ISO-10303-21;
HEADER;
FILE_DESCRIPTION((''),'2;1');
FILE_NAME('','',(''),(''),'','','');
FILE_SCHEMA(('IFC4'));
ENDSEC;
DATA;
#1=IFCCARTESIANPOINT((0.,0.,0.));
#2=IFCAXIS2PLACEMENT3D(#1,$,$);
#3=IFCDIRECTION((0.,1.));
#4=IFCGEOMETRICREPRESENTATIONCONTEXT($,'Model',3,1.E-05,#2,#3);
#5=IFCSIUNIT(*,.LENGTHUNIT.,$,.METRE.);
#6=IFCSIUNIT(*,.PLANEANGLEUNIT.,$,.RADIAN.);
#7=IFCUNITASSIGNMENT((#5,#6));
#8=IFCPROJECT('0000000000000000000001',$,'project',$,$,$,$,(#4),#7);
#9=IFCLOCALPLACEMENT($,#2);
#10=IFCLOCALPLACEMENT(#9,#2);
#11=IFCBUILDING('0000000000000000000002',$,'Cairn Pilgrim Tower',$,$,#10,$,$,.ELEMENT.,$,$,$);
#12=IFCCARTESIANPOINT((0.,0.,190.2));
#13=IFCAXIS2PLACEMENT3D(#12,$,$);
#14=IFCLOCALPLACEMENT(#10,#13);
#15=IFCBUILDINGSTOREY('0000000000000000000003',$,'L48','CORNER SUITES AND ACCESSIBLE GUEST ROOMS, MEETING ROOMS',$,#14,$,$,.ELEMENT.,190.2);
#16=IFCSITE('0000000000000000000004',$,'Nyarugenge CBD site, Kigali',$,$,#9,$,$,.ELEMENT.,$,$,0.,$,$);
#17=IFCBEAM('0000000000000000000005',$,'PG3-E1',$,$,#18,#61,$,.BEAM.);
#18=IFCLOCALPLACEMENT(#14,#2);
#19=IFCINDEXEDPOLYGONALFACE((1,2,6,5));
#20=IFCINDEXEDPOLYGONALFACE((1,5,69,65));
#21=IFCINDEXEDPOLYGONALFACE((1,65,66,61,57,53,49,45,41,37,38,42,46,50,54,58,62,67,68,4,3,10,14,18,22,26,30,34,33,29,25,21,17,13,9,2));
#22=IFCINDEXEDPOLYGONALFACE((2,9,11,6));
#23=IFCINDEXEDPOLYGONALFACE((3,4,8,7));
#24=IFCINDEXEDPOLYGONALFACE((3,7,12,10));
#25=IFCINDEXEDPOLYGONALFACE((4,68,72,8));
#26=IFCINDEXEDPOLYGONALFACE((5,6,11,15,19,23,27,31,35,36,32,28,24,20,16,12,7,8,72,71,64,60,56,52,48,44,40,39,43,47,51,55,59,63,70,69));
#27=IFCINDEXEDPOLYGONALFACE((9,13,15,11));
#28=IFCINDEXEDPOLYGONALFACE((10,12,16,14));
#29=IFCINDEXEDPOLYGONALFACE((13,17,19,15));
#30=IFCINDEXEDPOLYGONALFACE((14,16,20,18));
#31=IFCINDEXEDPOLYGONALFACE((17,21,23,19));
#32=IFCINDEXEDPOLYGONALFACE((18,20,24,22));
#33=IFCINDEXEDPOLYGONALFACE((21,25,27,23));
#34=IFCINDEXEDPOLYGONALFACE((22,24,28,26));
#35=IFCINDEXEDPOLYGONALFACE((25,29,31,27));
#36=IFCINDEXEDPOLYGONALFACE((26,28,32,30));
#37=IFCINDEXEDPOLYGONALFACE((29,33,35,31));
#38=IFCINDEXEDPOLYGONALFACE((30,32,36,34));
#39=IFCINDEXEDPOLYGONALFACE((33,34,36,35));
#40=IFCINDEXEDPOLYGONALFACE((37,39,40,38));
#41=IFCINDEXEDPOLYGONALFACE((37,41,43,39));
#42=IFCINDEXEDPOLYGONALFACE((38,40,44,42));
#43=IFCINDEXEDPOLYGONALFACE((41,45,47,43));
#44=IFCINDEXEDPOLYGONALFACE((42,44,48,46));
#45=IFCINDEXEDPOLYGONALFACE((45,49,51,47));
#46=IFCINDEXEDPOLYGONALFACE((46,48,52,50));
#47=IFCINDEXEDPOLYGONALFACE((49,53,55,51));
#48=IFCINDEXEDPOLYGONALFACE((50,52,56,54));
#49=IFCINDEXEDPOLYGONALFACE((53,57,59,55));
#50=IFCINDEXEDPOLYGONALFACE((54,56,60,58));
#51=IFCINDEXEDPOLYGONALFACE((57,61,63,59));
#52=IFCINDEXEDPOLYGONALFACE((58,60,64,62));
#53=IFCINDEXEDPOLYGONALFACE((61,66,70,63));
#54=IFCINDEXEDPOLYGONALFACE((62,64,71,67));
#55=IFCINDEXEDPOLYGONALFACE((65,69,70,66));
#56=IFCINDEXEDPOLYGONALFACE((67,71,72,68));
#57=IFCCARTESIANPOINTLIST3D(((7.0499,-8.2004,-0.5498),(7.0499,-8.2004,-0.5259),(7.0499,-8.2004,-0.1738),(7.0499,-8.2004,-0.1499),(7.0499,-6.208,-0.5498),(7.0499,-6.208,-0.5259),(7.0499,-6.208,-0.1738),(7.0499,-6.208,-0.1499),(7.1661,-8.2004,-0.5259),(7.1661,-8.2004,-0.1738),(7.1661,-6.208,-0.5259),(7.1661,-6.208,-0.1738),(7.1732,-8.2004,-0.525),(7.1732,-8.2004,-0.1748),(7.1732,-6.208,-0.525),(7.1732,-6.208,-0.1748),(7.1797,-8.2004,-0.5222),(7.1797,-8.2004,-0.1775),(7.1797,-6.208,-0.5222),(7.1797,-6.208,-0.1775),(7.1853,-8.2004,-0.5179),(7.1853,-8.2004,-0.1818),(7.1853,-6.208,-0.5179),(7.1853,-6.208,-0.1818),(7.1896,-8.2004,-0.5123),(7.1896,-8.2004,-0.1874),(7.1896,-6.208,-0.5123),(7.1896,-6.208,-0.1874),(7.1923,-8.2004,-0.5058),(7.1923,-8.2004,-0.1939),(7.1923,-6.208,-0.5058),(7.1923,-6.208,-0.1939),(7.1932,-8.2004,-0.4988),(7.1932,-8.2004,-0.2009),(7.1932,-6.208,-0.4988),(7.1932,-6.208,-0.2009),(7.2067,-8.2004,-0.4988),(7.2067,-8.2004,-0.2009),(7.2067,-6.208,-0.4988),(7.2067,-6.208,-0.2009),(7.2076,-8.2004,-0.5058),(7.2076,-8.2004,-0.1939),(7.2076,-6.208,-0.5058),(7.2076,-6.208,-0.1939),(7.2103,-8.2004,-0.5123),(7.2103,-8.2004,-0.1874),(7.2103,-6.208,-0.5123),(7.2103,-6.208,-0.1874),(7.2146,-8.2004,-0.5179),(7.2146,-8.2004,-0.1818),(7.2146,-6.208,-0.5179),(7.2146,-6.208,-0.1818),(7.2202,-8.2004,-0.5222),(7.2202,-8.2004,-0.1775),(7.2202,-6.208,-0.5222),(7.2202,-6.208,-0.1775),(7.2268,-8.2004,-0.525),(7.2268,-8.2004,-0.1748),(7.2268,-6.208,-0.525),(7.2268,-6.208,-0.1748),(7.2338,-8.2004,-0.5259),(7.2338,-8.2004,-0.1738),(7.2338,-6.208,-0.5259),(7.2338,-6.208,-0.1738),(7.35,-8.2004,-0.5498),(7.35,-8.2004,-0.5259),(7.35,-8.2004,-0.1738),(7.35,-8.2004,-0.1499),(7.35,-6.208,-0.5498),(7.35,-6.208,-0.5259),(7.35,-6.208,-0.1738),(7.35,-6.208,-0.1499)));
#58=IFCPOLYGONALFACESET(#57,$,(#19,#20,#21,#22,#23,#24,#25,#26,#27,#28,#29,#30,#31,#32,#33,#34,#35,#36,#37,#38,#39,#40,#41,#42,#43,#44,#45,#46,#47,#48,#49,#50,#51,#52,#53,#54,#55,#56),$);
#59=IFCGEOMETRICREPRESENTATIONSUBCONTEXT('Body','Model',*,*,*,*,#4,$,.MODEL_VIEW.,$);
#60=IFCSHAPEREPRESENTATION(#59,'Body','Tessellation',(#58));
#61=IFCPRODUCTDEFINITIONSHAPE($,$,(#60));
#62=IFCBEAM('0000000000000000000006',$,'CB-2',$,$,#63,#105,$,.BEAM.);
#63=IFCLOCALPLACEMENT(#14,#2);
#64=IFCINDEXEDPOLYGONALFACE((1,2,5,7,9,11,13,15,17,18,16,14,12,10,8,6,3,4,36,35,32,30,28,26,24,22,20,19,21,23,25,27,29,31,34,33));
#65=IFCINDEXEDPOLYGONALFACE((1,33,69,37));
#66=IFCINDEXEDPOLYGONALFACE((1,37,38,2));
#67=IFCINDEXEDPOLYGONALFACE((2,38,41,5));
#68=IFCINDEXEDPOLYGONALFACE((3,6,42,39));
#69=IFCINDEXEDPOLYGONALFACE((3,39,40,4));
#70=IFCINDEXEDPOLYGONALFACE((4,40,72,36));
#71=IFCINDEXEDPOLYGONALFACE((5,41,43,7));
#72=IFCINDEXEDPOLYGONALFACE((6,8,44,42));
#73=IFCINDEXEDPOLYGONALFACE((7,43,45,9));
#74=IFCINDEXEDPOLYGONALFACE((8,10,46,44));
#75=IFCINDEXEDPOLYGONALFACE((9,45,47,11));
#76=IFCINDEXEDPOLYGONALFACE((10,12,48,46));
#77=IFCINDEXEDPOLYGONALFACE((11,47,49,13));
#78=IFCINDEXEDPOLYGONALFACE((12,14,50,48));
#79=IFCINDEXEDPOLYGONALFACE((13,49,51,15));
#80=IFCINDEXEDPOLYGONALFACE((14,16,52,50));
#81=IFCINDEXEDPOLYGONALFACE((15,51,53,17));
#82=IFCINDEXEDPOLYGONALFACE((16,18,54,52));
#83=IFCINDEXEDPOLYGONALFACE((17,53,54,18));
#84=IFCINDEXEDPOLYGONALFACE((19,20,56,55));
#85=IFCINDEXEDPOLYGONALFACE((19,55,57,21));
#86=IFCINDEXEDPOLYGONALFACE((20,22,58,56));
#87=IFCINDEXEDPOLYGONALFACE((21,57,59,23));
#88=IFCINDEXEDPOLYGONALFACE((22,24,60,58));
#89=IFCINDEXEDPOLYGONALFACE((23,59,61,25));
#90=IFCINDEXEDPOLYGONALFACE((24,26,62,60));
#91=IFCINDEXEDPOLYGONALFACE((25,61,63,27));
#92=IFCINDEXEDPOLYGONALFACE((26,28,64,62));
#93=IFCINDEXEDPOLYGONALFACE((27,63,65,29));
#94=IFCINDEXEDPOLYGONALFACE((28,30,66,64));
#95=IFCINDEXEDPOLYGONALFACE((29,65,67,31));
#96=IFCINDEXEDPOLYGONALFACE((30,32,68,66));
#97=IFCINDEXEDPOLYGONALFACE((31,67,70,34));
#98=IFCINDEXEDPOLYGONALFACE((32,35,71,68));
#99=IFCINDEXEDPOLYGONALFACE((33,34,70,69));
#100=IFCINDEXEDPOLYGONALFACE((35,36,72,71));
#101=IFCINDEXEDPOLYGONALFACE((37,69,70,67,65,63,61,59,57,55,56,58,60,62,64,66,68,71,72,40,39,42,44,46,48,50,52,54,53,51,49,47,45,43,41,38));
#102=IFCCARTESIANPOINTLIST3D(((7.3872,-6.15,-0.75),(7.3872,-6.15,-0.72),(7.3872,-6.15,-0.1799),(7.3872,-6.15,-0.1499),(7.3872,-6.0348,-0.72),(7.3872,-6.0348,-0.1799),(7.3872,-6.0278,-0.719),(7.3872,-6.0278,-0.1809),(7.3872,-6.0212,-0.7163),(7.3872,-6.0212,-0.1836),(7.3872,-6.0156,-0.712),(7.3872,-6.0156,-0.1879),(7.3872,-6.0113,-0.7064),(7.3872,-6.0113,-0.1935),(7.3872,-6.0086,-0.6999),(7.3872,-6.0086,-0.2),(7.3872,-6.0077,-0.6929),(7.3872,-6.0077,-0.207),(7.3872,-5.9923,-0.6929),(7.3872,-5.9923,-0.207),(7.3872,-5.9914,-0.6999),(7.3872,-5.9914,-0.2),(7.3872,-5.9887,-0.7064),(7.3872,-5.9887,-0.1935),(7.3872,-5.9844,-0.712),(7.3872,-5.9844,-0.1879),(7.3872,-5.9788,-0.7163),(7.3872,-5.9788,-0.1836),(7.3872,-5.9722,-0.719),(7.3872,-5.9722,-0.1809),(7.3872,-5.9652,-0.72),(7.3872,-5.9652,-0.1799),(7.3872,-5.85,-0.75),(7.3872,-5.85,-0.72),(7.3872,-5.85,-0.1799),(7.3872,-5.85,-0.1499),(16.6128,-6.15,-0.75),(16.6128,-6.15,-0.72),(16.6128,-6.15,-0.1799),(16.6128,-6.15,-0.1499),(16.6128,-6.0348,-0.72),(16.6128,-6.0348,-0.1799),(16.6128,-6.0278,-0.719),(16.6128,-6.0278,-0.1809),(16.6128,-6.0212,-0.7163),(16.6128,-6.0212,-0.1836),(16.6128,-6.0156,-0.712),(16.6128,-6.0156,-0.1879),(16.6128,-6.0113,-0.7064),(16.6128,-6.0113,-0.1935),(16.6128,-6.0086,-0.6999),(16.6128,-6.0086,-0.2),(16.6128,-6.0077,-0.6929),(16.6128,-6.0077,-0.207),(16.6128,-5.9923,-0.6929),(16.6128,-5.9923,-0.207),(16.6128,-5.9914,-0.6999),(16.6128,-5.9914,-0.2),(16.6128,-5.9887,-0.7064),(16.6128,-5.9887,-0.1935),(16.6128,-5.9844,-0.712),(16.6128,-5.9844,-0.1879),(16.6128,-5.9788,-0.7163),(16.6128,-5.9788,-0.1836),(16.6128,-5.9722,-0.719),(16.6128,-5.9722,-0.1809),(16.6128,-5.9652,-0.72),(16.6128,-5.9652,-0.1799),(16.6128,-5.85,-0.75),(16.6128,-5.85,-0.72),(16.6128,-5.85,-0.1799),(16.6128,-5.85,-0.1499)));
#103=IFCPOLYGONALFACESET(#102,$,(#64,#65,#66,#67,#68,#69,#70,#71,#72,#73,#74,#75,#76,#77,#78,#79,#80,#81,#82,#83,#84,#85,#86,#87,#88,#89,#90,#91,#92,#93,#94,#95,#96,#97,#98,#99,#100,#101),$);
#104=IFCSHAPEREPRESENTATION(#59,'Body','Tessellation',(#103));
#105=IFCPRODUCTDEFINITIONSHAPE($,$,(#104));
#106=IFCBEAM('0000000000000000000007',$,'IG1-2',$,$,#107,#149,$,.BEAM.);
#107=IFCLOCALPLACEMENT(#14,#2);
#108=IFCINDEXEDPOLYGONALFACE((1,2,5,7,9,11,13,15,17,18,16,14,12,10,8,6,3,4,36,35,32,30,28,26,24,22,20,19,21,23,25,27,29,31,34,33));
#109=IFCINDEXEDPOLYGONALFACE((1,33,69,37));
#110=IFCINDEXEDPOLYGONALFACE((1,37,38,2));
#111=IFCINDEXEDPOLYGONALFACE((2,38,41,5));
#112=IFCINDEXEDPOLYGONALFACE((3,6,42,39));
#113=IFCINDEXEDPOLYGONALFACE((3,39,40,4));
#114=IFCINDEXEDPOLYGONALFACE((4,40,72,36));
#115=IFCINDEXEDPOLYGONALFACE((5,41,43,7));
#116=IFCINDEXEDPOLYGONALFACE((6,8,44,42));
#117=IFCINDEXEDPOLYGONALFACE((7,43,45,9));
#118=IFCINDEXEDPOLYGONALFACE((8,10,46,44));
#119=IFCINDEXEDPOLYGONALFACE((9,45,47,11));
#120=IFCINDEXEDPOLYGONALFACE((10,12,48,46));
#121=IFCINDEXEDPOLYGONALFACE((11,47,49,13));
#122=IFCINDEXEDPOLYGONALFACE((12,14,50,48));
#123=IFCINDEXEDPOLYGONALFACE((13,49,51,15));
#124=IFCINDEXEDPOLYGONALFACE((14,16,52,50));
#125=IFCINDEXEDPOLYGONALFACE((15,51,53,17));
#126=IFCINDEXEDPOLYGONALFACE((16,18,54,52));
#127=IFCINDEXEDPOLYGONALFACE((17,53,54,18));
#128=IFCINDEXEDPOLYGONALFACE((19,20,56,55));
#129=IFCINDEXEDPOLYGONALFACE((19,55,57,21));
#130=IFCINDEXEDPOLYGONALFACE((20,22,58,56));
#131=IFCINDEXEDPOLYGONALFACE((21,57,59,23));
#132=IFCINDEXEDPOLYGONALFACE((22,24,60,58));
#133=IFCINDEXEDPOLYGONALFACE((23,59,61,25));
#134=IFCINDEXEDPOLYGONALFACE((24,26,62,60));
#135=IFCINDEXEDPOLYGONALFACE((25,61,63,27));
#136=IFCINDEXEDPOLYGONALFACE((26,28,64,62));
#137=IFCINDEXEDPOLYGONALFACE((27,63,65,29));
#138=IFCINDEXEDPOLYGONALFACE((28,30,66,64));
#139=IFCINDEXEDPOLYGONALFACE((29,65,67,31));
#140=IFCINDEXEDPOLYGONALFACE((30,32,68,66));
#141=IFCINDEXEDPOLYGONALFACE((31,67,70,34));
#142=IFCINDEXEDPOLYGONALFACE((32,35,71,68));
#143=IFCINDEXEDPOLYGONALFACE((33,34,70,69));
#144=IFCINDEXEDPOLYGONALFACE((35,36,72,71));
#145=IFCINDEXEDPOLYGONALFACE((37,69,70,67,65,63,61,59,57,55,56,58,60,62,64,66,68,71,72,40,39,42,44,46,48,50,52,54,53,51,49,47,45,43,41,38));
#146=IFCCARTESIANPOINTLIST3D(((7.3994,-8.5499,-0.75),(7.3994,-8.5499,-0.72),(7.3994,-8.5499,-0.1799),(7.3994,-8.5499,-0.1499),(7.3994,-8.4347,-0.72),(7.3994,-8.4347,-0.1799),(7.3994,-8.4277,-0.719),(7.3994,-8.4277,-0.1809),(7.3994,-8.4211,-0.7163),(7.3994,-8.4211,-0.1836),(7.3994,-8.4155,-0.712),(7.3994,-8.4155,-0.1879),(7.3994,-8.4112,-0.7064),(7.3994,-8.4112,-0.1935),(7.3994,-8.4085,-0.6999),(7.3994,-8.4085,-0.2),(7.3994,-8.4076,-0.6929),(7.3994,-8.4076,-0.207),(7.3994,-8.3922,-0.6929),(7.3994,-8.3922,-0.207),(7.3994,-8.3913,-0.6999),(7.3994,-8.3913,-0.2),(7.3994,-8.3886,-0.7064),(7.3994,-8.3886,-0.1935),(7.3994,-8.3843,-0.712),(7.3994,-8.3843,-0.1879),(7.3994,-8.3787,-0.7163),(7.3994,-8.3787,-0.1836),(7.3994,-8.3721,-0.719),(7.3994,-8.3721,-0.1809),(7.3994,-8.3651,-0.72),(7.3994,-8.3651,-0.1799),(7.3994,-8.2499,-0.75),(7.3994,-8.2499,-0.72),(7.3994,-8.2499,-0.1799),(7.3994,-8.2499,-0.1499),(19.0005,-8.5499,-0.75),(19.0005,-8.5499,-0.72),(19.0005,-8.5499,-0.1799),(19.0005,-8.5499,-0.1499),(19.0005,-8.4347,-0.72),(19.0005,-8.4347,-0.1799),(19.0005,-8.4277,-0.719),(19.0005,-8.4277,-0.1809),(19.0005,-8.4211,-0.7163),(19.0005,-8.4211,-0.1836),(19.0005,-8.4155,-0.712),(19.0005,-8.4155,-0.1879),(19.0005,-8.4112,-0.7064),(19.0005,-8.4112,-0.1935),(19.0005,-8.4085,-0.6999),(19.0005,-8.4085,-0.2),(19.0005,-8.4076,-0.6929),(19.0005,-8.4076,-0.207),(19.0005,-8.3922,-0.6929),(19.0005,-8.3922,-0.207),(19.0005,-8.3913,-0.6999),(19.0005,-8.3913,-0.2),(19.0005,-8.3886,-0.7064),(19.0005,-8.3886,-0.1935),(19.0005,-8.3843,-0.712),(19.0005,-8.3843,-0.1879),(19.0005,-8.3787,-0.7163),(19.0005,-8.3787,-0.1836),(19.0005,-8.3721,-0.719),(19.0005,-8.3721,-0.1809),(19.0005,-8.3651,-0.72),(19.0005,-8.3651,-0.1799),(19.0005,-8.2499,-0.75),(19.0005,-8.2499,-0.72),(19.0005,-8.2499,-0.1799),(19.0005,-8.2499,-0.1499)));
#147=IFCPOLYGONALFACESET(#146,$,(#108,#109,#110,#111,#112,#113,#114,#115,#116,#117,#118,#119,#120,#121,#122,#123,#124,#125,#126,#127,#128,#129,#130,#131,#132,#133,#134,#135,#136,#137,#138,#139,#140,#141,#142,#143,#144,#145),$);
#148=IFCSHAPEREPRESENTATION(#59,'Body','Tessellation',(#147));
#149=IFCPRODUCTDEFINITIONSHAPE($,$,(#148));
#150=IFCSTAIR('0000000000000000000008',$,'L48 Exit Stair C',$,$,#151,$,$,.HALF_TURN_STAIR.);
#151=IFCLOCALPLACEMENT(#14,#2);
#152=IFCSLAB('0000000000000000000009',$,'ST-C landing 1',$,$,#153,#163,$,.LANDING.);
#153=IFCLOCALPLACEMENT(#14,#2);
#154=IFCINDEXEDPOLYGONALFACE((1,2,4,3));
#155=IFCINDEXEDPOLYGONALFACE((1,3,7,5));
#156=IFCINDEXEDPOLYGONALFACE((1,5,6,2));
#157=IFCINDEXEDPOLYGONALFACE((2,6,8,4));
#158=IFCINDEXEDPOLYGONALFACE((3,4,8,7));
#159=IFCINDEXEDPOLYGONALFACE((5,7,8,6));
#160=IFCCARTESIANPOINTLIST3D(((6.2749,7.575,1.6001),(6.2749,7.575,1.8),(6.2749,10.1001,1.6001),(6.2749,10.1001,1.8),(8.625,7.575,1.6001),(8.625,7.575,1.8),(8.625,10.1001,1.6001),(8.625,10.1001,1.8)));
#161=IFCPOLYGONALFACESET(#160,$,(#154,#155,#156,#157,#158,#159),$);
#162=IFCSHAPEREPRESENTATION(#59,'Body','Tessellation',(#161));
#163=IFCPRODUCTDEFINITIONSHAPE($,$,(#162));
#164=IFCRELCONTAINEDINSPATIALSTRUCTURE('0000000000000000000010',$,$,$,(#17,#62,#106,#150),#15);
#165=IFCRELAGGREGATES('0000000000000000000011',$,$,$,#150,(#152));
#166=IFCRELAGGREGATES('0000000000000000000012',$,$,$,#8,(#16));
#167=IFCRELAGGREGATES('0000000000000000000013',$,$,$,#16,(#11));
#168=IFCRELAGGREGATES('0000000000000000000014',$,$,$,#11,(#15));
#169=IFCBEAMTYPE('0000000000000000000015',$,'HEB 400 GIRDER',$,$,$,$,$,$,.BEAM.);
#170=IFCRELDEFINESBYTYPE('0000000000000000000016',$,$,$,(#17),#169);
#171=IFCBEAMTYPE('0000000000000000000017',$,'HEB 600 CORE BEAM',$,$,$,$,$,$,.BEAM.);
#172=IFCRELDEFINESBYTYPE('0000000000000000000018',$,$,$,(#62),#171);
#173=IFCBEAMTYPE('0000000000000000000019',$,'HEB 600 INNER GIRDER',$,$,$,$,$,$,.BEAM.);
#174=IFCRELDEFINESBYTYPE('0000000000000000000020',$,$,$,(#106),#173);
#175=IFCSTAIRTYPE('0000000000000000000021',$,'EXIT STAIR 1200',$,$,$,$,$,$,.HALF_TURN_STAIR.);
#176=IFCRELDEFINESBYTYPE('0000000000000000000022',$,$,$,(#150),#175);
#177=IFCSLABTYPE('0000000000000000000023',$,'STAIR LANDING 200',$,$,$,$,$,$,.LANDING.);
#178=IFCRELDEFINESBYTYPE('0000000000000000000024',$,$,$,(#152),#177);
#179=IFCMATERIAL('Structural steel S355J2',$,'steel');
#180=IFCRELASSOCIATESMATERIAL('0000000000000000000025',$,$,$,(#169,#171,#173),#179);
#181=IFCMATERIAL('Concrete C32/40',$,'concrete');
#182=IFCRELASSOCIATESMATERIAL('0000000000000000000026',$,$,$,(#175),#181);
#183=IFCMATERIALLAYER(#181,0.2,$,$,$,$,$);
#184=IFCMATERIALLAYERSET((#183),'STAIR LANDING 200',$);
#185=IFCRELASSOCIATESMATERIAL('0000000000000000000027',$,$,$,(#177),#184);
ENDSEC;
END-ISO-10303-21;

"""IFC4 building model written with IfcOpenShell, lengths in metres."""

from ifc_helpers import new_model, si_unit, direction, frame, origin, origin_2d, place, context, subcontext, project, spatial, polyline, i_section, outline, extrude, material, layer, layer_set, material_profile, profile_set, type_object, element, aggregate, save


model = new_model("IFC4")

# Units and contexts
model_context = context("Model", 3, precision=1e-05, world=origin(), true_north=direction((0.0, 1.0)))
body_context = subcontext(model_context, "Body", "Model", "MODEL_VIEW")
ifc_project = project(units=[si_unit("LENGTHUNIT", "METRE"), si_unit("PLANEANGLEUNIT", "RADIAN")], contexts=[model_context])

# Site, building, storey
site_placement = place(None, origin())
site = spatial("IfcSite", under=ifc_project, at=site_placement, Name="Nyarugenge CBD site, Kigali", CompositionType="ELEMENT", RefElevation=0.0)
building_placement = place(site_placement, origin())
building = spatial("IfcBuilding", under=site, at=building_placement, Name="Cairn Pilgrim Tower", CompositionType="ELEMENT")
storey_placement = place(building_placement, frame((0.0, 0.0, 190.2)))
storey = spatial("IfcBuildingStorey", under=building, at=storey_placement, Name="L48", Description="CORNER SUITES AND ACCESSIBLE GUEST ROOMS, MEETING ROOMS", CompositionType="ELEMENT", Elevation=190.2)

# Shared definitions
ifc_material_1 = material(Name="Structural steel S355J2", Category="steel")

# Beams
ifc_material_profile_1 = material_profile(ifc_material_1, i_section(OverallWidth=0.3, OverallDepth=0.3999, WebThickness=0.0134, FlangeThickness=0.0239, FilletRadius=0.0271, at=origin_2d()), Name="HEB 400")
ifc_profile_set_1 = profile_set([ifc_material_profile_1], Name="Structural steel S355J2")
beam_type_1 = type_object("IfcBeamType", Name="HEB 400 GIRDER", PredefinedType="BEAM", material=ifc_profile_set_1)
beam_1_placement = place(storey_placement, frame((7.2, -8.2004, -0.3499), z_axis=(0.0, 1.0, 0.0), x_axis=(-1.0, 0.0, 0.0)))
element("IfcBeam", 1, at=beam_1_placement, inside=storey, type_object=beam_type_1, Name="PG3-E1", PredefinedType="BEAM", context=body_context, shape_type="SweptSolid", body=[
    extrude(i_section(OverallWidth=0.3, OverallDepth=0.3999, WebThickness=0.0134, FlangeThickness=0.0239, FilletRadius=0.0271, at=origin_2d()), origin(), (0.0, 0.0, 1.0), 1.9924),
])
ifc_material_profile_2 = material_profile(ifc_material_1, i_section(OverallWidth=0.3, OverallDepth=0.6001, WebThickness=0.0154, FlangeThickness=0.03, FilletRadius=0.0271, at=origin_2d()), Name="HEB 600")
ifc_profile_set_2 = profile_set([ifc_material_profile_2], Name="Structural steel S355J2")
beam_type_2 = type_object("IfcBeamType", Name="HEB 600 CORE BEAM", PredefinedType="BEAM", material=ifc_profile_set_2)
beam_2_placement = place(storey_placement, frame((7.3872, -6.0, -0.45), z_axis=(1.0, 0.0, 0.0), x_axis=(0.0, 1.0, 0.0)))
element("IfcBeam", 2, at=beam_2_placement, inside=storey, type_object=beam_type_2, Name="CB-2", PredefinedType="BEAM", context=body_context, shape_type="SweptSolid", body=[
    extrude(i_section(OverallWidth=0.3, OverallDepth=0.6001, WebThickness=0.0154, FlangeThickness=0.03, FilletRadius=0.0271, at=origin_2d()), origin(), (0.0, 0.0, 1.0), 9.2256),
])
ifc_material_profile_3 = material_profile(ifc_material_1, i_section(OverallWidth=0.3, OverallDepth=0.6001, WebThickness=0.0154, FlangeThickness=0.03, FilletRadius=0.0271, at=origin_2d()), Name="HEB 600")
ifc_profile_set_3 = profile_set([ifc_material_profile_3], Name="Structural steel S355J2")
beam_type_3 = type_object("IfcBeamType", Name="HEB 600 INNER GIRDER", PredefinedType="BEAM", material=ifc_profile_set_3)
beam_3_placement = place(storey_placement, frame((7.3994, -8.3999, -0.45), z_axis=(1.0, 0.0, 0.0), x_axis=(0.0, 1.0, 0.0)))
element("IfcBeam", 3, at=beam_3_placement, inside=storey, type_object=beam_type_3, Name="IG1-2", PredefinedType="BEAM", context=body_context, shape_type="SweptSolid", body=[
    extrude(i_section(OverallWidth=0.3, OverallDepth=0.6001, WebThickness=0.0154, FlangeThickness=0.03, FilletRadius=0.0271, at=origin_2d()), origin(), (0.0, 0.0, 1.0), 11.6011),
])

# Stair, slab
ifc_material_2 = material(Name="Concrete C32/40", Category="concrete")
stair_type = type_object("IfcStairType", Name="EXIT STAIR 1200", PredefinedType="HALF_TURN_STAIR", material=ifc_material_2)
stair_1_placement = place(storey_placement, origin())
stair_1 = element("IfcStair", 4, at=stair_1_placement, inside=storey, type_object=stair_type, Name="L48 Exit Stair C", PredefinedType="HALF_TURN_STAIR")
ifc_layer_1 = layer(ifc_material_2, 0.2)
ifc_layer_set_1 = layer_set([ifc_layer_1], Name="STAIR LANDING 200")
slab_type = type_object("IfcSlabType", Name="STAIR LANDING 200", PredefinedType="LANDING", material=ifc_layer_set_1)
slab_placement = place(storey_placement, frame((0.0, 0.0, 1.6001)))
slab = element("IfcSlab", 5, at=slab_placement, type_object=slab_type, Name="ST-C landing 1", PredefinedType="LANDING", context=body_context, shape_type="SweptSolid", body=[
    extrude(outline(polyline([(8.625, 10.1001), (6.2749, 10.1001), (6.2749, 7.575), (8.625, 7.575), (8.625, 10.1001)])), origin(), (0.0, 0.0, 1.0), 0.2),
])
aggregate(stair_1, [slab])

save(model, "model.ifc")
